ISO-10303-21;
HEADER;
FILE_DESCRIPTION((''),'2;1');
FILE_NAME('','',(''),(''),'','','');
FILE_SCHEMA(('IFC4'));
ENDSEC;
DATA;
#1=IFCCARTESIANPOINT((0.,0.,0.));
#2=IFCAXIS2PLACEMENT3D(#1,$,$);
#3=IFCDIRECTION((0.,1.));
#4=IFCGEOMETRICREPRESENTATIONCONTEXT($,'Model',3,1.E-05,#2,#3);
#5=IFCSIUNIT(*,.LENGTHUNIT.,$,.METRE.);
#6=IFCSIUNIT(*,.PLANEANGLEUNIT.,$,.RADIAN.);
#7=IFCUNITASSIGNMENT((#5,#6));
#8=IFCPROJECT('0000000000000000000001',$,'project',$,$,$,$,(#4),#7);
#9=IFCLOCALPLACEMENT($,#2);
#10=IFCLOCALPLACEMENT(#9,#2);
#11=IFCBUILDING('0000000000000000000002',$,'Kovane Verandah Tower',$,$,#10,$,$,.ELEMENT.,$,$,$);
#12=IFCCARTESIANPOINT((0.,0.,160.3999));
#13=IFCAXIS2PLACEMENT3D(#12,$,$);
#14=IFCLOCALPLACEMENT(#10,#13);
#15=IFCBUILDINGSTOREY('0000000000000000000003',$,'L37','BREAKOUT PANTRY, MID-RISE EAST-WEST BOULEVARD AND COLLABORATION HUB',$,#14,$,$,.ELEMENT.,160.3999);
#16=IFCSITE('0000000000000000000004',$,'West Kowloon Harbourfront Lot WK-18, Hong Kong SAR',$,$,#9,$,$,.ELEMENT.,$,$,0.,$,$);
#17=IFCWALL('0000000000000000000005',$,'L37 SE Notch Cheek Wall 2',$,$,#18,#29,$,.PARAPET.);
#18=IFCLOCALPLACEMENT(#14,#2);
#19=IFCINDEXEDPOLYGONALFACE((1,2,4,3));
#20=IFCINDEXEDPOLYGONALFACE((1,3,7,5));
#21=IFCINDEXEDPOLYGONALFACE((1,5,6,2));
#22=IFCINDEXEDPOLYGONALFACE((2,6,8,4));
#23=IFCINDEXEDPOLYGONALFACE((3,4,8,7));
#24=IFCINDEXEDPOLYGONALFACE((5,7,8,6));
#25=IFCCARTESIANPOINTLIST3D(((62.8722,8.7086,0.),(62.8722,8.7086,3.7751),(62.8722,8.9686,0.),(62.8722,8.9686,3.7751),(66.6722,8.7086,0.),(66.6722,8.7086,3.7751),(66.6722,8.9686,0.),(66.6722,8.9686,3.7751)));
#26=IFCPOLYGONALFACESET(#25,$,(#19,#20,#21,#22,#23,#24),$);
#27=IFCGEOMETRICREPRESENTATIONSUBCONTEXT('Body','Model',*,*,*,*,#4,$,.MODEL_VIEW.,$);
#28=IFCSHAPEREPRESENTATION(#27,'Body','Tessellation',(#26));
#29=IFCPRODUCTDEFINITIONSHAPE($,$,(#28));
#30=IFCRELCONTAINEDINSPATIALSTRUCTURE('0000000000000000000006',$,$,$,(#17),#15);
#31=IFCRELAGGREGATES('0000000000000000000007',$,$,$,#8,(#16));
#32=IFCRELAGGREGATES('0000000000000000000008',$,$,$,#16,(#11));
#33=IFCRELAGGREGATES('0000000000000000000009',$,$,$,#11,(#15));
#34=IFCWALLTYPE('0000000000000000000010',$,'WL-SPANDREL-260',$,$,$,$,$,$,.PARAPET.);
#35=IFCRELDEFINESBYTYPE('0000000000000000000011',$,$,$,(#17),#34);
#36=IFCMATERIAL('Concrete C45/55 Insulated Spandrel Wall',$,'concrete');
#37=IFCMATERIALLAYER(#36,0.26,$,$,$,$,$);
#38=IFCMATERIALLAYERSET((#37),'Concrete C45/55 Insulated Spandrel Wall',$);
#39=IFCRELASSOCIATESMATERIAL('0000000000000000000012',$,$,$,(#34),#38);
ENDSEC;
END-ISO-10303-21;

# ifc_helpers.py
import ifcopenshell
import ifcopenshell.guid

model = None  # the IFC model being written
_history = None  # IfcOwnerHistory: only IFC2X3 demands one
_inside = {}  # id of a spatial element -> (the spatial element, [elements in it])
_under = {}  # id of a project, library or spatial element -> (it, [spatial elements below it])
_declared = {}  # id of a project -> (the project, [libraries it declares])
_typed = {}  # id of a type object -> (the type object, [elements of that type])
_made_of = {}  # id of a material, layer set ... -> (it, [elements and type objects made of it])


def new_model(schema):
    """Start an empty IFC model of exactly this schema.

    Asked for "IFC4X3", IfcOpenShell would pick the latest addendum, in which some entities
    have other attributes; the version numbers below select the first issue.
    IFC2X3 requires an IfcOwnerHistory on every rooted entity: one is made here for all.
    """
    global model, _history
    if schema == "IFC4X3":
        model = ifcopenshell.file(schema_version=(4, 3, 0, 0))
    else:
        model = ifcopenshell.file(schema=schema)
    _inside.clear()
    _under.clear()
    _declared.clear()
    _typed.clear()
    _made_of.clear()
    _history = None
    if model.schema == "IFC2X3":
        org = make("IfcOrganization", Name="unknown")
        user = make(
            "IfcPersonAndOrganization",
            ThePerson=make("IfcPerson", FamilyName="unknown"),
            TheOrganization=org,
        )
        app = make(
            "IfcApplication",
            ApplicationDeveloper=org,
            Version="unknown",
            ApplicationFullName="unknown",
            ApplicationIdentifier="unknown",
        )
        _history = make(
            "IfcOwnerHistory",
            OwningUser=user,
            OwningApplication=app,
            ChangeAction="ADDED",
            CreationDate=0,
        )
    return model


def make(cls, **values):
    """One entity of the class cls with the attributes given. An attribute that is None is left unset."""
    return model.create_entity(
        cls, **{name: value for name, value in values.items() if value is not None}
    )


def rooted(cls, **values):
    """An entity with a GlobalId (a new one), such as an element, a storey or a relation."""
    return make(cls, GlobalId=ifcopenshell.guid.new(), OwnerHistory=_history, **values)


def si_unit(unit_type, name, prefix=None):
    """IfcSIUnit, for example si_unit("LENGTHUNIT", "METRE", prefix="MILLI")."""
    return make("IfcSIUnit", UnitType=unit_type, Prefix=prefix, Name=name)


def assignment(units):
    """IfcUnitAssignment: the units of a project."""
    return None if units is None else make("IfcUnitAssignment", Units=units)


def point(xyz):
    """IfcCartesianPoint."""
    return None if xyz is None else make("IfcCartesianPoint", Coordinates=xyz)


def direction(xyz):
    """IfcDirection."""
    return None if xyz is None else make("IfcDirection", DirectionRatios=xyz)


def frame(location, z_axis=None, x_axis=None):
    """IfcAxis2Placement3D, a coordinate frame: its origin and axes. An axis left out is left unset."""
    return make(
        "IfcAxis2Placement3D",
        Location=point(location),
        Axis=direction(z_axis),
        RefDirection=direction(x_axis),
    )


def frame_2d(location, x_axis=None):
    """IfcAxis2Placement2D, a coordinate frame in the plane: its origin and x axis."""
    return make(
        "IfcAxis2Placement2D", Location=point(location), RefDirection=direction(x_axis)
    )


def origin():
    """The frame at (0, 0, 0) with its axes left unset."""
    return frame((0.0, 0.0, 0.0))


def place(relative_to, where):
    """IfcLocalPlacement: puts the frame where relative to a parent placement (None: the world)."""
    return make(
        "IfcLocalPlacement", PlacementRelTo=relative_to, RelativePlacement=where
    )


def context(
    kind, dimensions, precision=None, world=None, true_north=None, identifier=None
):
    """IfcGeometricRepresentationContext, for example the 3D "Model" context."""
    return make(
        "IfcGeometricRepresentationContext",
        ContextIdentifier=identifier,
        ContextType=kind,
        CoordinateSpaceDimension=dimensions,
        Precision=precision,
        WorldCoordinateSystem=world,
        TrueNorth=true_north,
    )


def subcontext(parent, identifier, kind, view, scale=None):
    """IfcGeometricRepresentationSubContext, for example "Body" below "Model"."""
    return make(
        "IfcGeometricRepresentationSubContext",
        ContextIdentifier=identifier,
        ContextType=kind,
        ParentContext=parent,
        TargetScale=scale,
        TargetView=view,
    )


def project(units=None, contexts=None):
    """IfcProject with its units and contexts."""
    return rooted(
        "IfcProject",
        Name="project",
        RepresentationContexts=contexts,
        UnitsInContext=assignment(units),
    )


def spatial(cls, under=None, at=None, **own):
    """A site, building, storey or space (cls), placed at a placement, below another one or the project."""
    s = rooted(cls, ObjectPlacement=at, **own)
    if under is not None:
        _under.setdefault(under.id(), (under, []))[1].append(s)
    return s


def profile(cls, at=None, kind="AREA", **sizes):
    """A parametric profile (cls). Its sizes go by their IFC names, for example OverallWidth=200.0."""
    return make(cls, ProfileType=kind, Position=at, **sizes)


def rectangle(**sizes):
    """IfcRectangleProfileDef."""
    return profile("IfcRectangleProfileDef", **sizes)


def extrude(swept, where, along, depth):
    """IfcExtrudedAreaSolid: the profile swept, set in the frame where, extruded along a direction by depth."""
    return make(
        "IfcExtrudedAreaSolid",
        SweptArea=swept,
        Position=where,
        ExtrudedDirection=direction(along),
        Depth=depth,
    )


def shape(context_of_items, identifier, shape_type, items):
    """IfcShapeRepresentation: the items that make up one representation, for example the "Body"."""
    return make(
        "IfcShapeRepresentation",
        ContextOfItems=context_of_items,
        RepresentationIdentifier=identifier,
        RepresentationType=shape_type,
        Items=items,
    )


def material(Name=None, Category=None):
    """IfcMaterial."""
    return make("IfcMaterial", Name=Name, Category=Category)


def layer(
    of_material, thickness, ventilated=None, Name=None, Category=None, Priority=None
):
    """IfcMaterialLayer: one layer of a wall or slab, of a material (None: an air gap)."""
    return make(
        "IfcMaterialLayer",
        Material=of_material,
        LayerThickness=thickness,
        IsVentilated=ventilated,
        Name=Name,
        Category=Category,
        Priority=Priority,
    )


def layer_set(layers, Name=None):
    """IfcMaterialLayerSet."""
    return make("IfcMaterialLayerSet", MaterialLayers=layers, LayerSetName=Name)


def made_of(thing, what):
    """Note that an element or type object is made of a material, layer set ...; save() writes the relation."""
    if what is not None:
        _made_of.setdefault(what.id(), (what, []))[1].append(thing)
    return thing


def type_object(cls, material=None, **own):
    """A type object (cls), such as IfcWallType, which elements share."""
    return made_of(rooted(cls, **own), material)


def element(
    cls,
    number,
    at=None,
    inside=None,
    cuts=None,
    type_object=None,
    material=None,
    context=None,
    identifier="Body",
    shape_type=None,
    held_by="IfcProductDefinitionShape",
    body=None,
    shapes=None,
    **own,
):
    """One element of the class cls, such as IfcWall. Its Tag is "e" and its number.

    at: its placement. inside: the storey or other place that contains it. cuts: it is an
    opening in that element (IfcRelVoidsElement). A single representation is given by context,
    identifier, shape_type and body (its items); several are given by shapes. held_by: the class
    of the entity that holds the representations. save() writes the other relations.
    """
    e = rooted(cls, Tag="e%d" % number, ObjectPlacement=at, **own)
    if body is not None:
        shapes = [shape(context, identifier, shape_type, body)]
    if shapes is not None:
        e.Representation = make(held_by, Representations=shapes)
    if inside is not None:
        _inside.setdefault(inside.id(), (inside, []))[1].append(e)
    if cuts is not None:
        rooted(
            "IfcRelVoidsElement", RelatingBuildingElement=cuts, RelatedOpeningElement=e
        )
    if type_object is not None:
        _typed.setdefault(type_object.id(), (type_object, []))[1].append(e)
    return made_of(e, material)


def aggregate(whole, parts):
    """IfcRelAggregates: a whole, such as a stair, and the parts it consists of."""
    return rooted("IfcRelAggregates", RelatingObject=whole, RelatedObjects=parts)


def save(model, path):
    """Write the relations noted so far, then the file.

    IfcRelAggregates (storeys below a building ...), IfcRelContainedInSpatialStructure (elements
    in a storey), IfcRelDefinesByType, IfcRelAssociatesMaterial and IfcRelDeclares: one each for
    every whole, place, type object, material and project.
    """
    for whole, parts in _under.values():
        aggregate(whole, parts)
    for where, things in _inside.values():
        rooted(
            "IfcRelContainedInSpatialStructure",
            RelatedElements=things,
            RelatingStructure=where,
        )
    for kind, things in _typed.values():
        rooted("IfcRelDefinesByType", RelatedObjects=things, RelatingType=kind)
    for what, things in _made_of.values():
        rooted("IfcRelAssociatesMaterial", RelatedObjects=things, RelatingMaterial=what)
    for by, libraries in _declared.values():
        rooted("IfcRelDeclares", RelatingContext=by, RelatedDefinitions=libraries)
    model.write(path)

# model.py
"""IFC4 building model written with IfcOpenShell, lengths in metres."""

from ifc_helpers import new_model, si_unit, direction, frame, frame_2d, origin, place, context, subcontext, project, spatial, rectangle, extrude, material, layer, layer_set, type_object, element, save


model = new_model("IFC4")

# Units and contexts
model_context = context("Model", 3, precision=1e-05, world=origin(), true_north=direction((0.0, 1.0)))
body_context = subcontext(model_context, "Body", "Model", "MODEL_VIEW")
ifc_project = project(units=[si_unit("LENGTHUNIT", "METRE"), si_unit("PLANEANGLEUNIT", "RADIAN")], contexts=[model_context])

# Site, building, storey
site_placement = place(None, origin())
site = spatial("IfcSite", under=ifc_project, at=site_placement, Name="West Kowloon Harbourfront Lot WK-18, Hong Kong SAR", CompositionType="ELEMENT", RefElevation=0.0)
building_placement = place(site_placement, origin())
building = spatial("IfcBuilding", under=site, at=building_placement, Name="Kovane Verandah Tower", CompositionType="ELEMENT")
storey_placement = place(building_placement, frame((0.0, 0.0, 160.3999)))
storey = spatial("IfcBuildingStorey", under=building, at=storey_placement, Name="L37", Description="BREAKOUT PANTRY, MID-RISE EAST-WEST BOULEVARD AND COLLABORATION HUB", CompositionType="ELEMENT", Elevation=160.3999)

# Shared definitions
ifc_material_1 = material(Name="Concrete C45/55 Insulated Spandrel Wall", Category="concrete")
ifc_layer_1 = layer(ifc_material_1, 0.26)
ifc_layer_set_1 = layer_set([ifc_layer_1], Name="Concrete C45/55 Insulated Spandrel Wall")
wall_type = type_object("IfcWallType", Name="WL-SPANDREL-260", PredefinedType="PARAPET", material=ifc_layer_set_1)

# Wall
wall_1_placement = place(storey_placement, frame((62.8723, 8.8386, 0.0), z_axis=(0.0, 0.0, 1.0), x_axis=(1.0, 0.0, 0.0)))
element("IfcWall", 1, at=wall_1_placement, inside=storey, type_object=wall_type, Name="L37 SE Notch Cheek Wall 2", PredefinedType="PARAPET", context=body_context, shape_type="SweptSolid", body=[
    extrude(rectangle(XDim=3.8, YDim=0.26, at=frame_2d((1.8999, 0.0))), origin(), (0.0, 0.0, 1.0), 3.7751),
])

save(model, "model.ifc")
